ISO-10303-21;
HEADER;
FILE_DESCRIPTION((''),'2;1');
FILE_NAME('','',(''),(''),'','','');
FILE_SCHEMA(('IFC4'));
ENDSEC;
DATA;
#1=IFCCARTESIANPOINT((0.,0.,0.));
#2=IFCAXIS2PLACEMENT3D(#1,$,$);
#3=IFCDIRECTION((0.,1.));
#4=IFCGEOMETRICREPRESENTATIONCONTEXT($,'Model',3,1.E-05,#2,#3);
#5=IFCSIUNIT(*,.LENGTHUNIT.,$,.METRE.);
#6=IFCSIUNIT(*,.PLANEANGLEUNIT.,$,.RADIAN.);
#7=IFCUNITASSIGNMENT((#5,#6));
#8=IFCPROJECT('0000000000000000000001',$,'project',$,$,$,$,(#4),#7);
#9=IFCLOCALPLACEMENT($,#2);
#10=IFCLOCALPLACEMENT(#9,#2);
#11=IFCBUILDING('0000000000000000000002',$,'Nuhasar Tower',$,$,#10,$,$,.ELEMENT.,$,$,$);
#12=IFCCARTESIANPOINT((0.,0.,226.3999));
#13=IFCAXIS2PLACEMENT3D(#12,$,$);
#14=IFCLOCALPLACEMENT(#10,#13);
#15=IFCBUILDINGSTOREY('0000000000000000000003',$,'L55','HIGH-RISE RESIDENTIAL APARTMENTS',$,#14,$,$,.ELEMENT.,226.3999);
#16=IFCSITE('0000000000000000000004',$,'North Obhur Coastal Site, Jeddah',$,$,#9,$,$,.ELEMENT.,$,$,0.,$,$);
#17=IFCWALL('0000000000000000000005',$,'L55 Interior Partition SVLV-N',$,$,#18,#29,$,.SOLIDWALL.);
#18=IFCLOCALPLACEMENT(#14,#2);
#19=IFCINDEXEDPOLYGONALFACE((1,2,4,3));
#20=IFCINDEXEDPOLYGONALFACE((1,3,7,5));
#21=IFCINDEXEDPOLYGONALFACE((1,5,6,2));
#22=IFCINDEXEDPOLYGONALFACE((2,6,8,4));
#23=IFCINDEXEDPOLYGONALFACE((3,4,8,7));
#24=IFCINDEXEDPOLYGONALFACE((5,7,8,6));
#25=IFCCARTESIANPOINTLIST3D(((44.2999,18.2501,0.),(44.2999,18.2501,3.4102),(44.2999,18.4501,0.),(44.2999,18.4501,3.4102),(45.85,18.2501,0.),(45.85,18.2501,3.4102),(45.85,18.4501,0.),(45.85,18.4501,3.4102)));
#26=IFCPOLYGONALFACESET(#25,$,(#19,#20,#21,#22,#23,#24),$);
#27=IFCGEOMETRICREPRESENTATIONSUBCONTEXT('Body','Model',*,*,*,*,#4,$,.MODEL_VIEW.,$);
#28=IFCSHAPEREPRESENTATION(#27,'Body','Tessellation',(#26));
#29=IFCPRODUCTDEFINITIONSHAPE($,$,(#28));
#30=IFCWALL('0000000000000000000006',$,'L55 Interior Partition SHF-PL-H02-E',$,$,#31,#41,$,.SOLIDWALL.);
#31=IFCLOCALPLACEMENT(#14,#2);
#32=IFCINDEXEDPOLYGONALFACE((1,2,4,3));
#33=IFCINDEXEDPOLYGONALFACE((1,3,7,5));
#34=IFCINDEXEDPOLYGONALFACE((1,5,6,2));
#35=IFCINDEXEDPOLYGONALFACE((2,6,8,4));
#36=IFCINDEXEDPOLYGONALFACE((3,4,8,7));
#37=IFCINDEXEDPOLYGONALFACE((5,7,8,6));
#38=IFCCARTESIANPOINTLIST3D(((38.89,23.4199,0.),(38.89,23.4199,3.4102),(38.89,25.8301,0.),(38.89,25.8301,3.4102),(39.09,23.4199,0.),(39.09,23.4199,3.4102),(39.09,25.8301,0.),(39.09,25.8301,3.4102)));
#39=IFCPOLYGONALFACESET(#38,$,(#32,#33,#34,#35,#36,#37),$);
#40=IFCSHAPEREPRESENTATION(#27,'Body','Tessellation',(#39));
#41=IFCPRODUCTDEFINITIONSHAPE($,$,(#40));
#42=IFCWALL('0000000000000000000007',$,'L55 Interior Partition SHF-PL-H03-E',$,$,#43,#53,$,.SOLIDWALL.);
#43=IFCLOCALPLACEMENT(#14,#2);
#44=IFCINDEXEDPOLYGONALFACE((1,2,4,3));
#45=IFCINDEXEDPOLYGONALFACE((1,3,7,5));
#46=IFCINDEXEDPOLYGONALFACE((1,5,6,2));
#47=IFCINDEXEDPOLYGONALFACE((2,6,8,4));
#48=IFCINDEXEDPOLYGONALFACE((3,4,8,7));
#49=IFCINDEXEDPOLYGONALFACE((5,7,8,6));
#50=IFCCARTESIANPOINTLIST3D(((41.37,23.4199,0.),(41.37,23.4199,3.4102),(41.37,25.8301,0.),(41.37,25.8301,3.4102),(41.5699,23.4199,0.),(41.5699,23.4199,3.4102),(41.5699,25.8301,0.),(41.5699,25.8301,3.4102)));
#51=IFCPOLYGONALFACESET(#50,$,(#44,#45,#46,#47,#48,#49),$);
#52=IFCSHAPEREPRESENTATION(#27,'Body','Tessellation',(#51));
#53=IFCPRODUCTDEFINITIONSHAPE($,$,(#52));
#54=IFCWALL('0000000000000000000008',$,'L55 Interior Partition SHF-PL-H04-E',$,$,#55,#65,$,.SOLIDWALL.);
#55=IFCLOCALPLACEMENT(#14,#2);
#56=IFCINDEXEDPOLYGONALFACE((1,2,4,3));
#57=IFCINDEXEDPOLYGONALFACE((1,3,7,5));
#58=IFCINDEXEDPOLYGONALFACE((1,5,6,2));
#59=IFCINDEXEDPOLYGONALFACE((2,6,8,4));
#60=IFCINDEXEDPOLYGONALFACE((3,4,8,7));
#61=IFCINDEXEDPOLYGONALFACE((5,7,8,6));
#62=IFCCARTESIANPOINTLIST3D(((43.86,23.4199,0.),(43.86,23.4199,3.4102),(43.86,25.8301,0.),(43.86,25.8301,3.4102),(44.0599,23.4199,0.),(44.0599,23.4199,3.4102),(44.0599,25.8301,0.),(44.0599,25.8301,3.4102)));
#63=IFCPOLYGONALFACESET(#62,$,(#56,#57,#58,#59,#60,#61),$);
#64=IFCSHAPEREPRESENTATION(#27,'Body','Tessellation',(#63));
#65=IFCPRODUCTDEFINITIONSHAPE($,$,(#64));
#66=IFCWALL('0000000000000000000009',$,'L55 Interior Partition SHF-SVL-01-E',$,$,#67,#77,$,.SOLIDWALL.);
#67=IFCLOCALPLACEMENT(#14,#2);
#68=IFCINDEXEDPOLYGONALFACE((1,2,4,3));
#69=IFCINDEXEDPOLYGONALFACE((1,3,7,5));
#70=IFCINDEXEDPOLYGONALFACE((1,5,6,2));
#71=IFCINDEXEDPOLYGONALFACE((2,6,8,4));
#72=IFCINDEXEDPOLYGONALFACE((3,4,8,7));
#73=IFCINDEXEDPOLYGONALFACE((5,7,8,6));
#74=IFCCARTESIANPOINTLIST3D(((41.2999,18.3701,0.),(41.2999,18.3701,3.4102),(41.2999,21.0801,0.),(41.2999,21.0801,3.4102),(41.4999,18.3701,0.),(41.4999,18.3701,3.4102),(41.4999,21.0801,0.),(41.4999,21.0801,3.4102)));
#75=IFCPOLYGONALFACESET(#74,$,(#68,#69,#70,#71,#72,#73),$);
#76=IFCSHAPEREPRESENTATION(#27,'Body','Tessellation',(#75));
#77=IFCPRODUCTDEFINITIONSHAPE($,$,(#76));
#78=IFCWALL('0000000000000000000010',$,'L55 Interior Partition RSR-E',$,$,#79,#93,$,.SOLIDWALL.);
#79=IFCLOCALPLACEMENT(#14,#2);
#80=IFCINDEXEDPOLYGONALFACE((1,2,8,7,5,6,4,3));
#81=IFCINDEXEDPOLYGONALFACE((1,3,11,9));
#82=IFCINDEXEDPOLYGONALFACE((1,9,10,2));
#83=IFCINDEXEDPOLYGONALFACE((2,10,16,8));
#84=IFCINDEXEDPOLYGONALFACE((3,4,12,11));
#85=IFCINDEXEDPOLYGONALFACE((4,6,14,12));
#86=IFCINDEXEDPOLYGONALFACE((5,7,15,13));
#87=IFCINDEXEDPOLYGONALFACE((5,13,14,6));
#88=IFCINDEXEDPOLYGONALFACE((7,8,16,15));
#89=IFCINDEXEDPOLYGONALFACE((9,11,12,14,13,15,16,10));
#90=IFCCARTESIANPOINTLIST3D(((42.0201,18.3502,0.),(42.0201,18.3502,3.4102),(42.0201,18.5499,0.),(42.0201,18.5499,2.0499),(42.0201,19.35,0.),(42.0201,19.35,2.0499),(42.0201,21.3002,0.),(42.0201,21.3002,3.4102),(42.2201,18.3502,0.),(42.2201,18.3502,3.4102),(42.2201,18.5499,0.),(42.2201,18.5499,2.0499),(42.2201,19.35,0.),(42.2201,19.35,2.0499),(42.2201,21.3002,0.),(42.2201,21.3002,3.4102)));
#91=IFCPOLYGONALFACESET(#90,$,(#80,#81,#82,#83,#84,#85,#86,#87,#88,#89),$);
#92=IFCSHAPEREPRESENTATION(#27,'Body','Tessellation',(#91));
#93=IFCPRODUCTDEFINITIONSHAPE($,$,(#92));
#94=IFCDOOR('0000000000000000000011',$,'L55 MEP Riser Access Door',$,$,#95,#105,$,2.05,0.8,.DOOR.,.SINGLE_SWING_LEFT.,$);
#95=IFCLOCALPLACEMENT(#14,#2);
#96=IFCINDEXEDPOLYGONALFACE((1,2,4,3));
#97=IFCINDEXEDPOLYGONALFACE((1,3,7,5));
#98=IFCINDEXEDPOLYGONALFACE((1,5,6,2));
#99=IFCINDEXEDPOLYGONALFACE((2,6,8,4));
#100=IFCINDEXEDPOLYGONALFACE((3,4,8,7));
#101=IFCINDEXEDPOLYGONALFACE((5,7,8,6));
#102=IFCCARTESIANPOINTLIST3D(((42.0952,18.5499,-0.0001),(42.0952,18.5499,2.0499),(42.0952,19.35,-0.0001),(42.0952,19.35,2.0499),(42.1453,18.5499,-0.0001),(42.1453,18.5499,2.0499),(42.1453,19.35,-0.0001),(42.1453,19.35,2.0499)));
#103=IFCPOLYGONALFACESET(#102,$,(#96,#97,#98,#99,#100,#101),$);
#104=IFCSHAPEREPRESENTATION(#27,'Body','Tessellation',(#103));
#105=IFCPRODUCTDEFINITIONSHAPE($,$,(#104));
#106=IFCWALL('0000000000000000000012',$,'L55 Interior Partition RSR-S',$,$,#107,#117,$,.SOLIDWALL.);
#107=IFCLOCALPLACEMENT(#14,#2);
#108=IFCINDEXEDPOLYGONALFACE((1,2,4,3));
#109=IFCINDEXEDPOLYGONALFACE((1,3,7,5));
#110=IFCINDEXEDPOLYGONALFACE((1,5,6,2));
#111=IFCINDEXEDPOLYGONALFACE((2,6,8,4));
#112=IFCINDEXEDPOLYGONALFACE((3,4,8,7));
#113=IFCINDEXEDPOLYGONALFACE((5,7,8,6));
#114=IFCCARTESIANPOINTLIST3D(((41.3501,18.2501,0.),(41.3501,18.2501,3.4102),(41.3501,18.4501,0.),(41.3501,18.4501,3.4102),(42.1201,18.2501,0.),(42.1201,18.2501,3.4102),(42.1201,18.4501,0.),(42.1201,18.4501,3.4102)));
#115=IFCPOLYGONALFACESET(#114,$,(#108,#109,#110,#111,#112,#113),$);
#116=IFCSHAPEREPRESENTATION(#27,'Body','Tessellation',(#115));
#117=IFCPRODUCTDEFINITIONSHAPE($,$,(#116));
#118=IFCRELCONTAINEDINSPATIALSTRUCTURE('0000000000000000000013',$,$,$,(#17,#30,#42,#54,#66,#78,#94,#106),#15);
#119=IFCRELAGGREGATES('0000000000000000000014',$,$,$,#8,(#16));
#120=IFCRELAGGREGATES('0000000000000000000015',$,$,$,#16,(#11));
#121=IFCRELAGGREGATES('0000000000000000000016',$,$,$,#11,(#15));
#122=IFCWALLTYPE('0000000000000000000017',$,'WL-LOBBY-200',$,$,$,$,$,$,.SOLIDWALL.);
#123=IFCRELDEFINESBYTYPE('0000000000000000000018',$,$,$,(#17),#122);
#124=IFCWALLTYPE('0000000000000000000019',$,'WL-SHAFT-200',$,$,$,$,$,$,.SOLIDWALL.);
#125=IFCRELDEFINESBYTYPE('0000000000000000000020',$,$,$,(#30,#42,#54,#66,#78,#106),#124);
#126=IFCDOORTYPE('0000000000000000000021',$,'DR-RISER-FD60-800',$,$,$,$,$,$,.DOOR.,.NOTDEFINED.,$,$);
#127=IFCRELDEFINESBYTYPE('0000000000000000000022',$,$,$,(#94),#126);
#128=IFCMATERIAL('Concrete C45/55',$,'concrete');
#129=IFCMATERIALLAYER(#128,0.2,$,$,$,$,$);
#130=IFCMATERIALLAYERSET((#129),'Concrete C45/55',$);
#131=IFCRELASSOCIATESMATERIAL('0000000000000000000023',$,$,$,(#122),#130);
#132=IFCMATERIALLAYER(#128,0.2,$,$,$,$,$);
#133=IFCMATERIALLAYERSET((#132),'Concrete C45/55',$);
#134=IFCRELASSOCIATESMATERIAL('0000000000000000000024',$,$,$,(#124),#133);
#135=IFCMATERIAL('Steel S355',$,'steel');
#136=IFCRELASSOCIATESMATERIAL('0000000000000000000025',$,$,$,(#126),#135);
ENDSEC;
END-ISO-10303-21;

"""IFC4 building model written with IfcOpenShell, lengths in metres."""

from ifc_helpers import new_model, si_unit, direction, frame, frame_2d, origin, place, context, subcontext, project, spatial, rectangle, extrude, material, layer, layer_set, type_object, element, fill, save


model = new_model("IFC4")

# Units and contexts
model_context = context("Model", 3, precision=1e-05, world=origin(), true_north=direction((0.0, 1.0)))
body_context = subcontext(model_context, "Body", "Model", "MODEL_VIEW")
ifc_project = project(units=[si_unit("LENGTHUNIT", "METRE"), si_unit("PLANEANGLEUNIT", "RADIAN")], contexts=[model_context])

# Site, building, storey
site_placement = place(None, origin())
site = spatial("IfcSite", under=ifc_project, at=site_placement, Name="North Obhur Coastal Site, Jeddah", CompositionType="ELEMENT", RefElevation=0.0)
building_placement = place(site_placement, origin())
building = spatial("IfcBuilding", under=site, at=building_placement, Name="Nuhasar Tower", CompositionType="ELEMENT")
storey_placement = place(building_placement, frame((0.0, 0.0, 226.3999)))
storey = spatial("IfcBuildingStorey", under=building, at=storey_placement, Name="L55", Description="HIGH-RISE RESIDENTIAL APARTMENTS", CompositionType="ELEMENT", Elevation=226.3999)

# Shared definitions
ifc_material_1 = material(Name="Steel S355", Category="steel")

# Shared definitions
ifc_material_2 = material(Name="Concrete C45/55", Category="concrete")
ifc_layer_1 = layer(ifc_material_2, 0.2)
ifc_layer_set_1 = layer_set([ifc_layer_1], Name="Concrete C45/55")
wall_type_1 = type_object("IfcWallType", Name="WL-LOBBY-200", PredefinedType="SOLIDWALL", material=ifc_layer_set_1)

# Walls
wall_1_placement = place(storey_placement, frame((44.3, 18.3501, 0.0), z_axis=(0.0, 0.0, 1.0), x_axis=(1.0, 0.0, 0.0)))
element("IfcWall", 1, at=wall_1_placement, inside=storey, type_object=wall_type_1, Name="L55 Interior Partition SVLV-N", PredefinedType="SOLIDWALL", context=body_context, shape_type="SweptSolid", body=[
    extrude(rectangle(XDim=1.55, YDim=0.2, at=frame_2d((0.7749, 0.0))), origin(), (0.0, 0.0, 1.0), 3.4102),
])
ifc_layer_2 = layer(ifc_material_2, 0.2)
ifc_layer_set_2 = layer_set([ifc_layer_2], Name="Concrete C45/55")
wall_type_2 = type_object("IfcWallType", Name="WL-SHAFT-200", PredefinedType="SOLIDWALL", material=ifc_layer_set_2)
wall_2_placement = place(storey_placement, frame((38.99, 23.4199, 0.0), z_axis=(0.0, 0.0, 1.0), x_axis=(0.0, 1.0, 0.0)))
element("IfcWall", 2, at=wall_2_placement, inside=storey, type_object=wall_type_2, Name="L55 Interior Partition SHF-PL-H02-E", PredefinedType="SOLIDWALL", context=body_context, shape_type="SweptSolid", body=[
    extrude(rectangle(XDim=2.4102, YDim=0.2, at=frame_2d((1.2051, 0.0))), origin(), (0.0, 0.0, 1.0), 3.4102),
])

# Wall
wall_3_placement = place(storey_placement, frame((41.47, 23.4199, 0.0), z_axis=(0.0, 0.0, 1.0), x_axis=(0.0, 1.0, 0.0)))
element("IfcWall", 3, at=wall_3_placement, inside=storey, type_object=wall_type_2, Name="L55 Interior Partition SHF-PL-H03-E", PredefinedType="SOLIDWALL", context=body_context, shape_type="SweptSolid", body=[
    extrude(rectangle(XDim=2.4102, YDim=0.2, at=frame_2d((1.2051, 0.0))), origin(), (0.0, 0.0, 1.0), 3.4102),
])

# Walls
wall_4_placement = place(storey_placement, frame((43.96, 23.4199, 0.0), z_axis=(0.0, 0.0, 1.0), x_axis=(0.0, 1.0, 0.0)))
element("IfcWall", 4, at=wall_4_placement, inside=storey, type_object=wall_type_2, Name="L55 Interior Partition SHF-PL-H04-E", PredefinedType="SOLIDWALL", context=body_context, shape_type="SweptSolid", body=[
    extrude(rectangle(XDim=2.4102, YDim=0.2, at=frame_2d((1.2051, 0.0))), origin(), (0.0, 0.0, 1.0), 3.4102),
])
wall_5_placement = place(storey_placement, frame((41.3999, 18.3701, 0.0), z_axis=(0.0, 0.0, 1.0), x_axis=(0.0, 1.0, 0.0)))
element("IfcWall", 5, at=wall_5_placement, inside=storey, type_object=wall_type_2, Name="L55 Interior Partition SHF-SVL-01-E", PredefinedType="SOLIDWALL", context=body_context, shape_type="SweptSolid", body=[
    extrude(rectangle(XDim=2.71, YDim=0.2, at=frame_2d((1.355, 0.0))), origin(), (0.0, 0.0, 1.0), 3.4102),
])

# Wall, opening, door
wall_6_placement = place(storey_placement, frame((42.1201, 18.3501, 0.0), z_axis=(0.0, 0.0, 1.0), x_axis=(0.0, 1.0, 0.0)))
wall_6 = element("IfcWall", 6, at=wall_6_placement, inside=storey, type_object=wall_type_2, Name="L55 Interior Partition RSR-E", PredefinedType="SOLIDWALL", context=body_context, shape_type="SweptSolid", body=[
    extrude(rectangle(XDim=2.95, YDim=0.2, at=frame_2d((1.4751, 0.0))), origin(), (0.0, 0.0, 1.0), 3.4102),
])
opening_1_placement = place(wall_6_placement, frame((0.2, 0.0, 0.0)))
opening_1 = element("IfcOpeningElement", 7, at=opening_1_placement, cuts=wall_6, PredefinedType="OPENING", context=body_context, shape_type="SweptSolid", body=[
    extrude(rectangle(XDim=0.8, YDim=2.05, at=frame_2d((0.3999, 1.0249))), frame((0.0, 0.1099, 0.0), z_axis=(0.0, -1.0, 0.0), x_axis=(1.0, 0.0, 0.0)), (0.0, 0.0, 1.0), 0.22),
])
door_type_1 = type_object("IfcDoorType", Name="DR-RISER-FD60-800", OperationType="NOTDEFINED", PredefinedType="DOOR", material=ifc_material_1)
door_1_placement = place(opening_1_placement, origin())
door_1 = element("IfcDoor", 8, at=door_1_placement, inside=storey, type_object=door_type_1, Name="L55 MEP Riser Access Door", OperationType="SINGLE_SWING_LEFT", OverallHeight=2.05, OverallWidth=0.8, PredefinedType="DOOR", context=body_context, shape_type="SweptSolid", body=[
    extrude(rectangle(XDim=0.8, YDim=2.05, at=frame_2d((0.3999, 1.0249))), frame((0.0, 0.0249, 0.0), z_axis=(0.0, -1.0, 0.0), x_axis=(1.0, 0.0, 0.0)), (0.0, 0.0, 1.0), 0.05),
])
fill(opening_1, door_1)

# Wall
wall_7_placement = place(storey_placement, frame((41.3501, 18.3501, 0.0), z_axis=(0.0, 0.0, 1.0), x_axis=(1.0, 0.0, 0.0)))
element("IfcWall", 9, at=wall_7_placement, inside=storey, type_object=wall_type_2, Name="L55 Interior Partition RSR-S", PredefinedType="SOLIDWALL", context=body_context, shape_type="SweptSolid", body=[
    extrude(rectangle(XDim=0.77, YDim=0.2, at=frame_2d((0.385, 0.0))), origin(), (0.0, 0.0, 1.0), 3.4102),
])

save(model, "model.ifc")
